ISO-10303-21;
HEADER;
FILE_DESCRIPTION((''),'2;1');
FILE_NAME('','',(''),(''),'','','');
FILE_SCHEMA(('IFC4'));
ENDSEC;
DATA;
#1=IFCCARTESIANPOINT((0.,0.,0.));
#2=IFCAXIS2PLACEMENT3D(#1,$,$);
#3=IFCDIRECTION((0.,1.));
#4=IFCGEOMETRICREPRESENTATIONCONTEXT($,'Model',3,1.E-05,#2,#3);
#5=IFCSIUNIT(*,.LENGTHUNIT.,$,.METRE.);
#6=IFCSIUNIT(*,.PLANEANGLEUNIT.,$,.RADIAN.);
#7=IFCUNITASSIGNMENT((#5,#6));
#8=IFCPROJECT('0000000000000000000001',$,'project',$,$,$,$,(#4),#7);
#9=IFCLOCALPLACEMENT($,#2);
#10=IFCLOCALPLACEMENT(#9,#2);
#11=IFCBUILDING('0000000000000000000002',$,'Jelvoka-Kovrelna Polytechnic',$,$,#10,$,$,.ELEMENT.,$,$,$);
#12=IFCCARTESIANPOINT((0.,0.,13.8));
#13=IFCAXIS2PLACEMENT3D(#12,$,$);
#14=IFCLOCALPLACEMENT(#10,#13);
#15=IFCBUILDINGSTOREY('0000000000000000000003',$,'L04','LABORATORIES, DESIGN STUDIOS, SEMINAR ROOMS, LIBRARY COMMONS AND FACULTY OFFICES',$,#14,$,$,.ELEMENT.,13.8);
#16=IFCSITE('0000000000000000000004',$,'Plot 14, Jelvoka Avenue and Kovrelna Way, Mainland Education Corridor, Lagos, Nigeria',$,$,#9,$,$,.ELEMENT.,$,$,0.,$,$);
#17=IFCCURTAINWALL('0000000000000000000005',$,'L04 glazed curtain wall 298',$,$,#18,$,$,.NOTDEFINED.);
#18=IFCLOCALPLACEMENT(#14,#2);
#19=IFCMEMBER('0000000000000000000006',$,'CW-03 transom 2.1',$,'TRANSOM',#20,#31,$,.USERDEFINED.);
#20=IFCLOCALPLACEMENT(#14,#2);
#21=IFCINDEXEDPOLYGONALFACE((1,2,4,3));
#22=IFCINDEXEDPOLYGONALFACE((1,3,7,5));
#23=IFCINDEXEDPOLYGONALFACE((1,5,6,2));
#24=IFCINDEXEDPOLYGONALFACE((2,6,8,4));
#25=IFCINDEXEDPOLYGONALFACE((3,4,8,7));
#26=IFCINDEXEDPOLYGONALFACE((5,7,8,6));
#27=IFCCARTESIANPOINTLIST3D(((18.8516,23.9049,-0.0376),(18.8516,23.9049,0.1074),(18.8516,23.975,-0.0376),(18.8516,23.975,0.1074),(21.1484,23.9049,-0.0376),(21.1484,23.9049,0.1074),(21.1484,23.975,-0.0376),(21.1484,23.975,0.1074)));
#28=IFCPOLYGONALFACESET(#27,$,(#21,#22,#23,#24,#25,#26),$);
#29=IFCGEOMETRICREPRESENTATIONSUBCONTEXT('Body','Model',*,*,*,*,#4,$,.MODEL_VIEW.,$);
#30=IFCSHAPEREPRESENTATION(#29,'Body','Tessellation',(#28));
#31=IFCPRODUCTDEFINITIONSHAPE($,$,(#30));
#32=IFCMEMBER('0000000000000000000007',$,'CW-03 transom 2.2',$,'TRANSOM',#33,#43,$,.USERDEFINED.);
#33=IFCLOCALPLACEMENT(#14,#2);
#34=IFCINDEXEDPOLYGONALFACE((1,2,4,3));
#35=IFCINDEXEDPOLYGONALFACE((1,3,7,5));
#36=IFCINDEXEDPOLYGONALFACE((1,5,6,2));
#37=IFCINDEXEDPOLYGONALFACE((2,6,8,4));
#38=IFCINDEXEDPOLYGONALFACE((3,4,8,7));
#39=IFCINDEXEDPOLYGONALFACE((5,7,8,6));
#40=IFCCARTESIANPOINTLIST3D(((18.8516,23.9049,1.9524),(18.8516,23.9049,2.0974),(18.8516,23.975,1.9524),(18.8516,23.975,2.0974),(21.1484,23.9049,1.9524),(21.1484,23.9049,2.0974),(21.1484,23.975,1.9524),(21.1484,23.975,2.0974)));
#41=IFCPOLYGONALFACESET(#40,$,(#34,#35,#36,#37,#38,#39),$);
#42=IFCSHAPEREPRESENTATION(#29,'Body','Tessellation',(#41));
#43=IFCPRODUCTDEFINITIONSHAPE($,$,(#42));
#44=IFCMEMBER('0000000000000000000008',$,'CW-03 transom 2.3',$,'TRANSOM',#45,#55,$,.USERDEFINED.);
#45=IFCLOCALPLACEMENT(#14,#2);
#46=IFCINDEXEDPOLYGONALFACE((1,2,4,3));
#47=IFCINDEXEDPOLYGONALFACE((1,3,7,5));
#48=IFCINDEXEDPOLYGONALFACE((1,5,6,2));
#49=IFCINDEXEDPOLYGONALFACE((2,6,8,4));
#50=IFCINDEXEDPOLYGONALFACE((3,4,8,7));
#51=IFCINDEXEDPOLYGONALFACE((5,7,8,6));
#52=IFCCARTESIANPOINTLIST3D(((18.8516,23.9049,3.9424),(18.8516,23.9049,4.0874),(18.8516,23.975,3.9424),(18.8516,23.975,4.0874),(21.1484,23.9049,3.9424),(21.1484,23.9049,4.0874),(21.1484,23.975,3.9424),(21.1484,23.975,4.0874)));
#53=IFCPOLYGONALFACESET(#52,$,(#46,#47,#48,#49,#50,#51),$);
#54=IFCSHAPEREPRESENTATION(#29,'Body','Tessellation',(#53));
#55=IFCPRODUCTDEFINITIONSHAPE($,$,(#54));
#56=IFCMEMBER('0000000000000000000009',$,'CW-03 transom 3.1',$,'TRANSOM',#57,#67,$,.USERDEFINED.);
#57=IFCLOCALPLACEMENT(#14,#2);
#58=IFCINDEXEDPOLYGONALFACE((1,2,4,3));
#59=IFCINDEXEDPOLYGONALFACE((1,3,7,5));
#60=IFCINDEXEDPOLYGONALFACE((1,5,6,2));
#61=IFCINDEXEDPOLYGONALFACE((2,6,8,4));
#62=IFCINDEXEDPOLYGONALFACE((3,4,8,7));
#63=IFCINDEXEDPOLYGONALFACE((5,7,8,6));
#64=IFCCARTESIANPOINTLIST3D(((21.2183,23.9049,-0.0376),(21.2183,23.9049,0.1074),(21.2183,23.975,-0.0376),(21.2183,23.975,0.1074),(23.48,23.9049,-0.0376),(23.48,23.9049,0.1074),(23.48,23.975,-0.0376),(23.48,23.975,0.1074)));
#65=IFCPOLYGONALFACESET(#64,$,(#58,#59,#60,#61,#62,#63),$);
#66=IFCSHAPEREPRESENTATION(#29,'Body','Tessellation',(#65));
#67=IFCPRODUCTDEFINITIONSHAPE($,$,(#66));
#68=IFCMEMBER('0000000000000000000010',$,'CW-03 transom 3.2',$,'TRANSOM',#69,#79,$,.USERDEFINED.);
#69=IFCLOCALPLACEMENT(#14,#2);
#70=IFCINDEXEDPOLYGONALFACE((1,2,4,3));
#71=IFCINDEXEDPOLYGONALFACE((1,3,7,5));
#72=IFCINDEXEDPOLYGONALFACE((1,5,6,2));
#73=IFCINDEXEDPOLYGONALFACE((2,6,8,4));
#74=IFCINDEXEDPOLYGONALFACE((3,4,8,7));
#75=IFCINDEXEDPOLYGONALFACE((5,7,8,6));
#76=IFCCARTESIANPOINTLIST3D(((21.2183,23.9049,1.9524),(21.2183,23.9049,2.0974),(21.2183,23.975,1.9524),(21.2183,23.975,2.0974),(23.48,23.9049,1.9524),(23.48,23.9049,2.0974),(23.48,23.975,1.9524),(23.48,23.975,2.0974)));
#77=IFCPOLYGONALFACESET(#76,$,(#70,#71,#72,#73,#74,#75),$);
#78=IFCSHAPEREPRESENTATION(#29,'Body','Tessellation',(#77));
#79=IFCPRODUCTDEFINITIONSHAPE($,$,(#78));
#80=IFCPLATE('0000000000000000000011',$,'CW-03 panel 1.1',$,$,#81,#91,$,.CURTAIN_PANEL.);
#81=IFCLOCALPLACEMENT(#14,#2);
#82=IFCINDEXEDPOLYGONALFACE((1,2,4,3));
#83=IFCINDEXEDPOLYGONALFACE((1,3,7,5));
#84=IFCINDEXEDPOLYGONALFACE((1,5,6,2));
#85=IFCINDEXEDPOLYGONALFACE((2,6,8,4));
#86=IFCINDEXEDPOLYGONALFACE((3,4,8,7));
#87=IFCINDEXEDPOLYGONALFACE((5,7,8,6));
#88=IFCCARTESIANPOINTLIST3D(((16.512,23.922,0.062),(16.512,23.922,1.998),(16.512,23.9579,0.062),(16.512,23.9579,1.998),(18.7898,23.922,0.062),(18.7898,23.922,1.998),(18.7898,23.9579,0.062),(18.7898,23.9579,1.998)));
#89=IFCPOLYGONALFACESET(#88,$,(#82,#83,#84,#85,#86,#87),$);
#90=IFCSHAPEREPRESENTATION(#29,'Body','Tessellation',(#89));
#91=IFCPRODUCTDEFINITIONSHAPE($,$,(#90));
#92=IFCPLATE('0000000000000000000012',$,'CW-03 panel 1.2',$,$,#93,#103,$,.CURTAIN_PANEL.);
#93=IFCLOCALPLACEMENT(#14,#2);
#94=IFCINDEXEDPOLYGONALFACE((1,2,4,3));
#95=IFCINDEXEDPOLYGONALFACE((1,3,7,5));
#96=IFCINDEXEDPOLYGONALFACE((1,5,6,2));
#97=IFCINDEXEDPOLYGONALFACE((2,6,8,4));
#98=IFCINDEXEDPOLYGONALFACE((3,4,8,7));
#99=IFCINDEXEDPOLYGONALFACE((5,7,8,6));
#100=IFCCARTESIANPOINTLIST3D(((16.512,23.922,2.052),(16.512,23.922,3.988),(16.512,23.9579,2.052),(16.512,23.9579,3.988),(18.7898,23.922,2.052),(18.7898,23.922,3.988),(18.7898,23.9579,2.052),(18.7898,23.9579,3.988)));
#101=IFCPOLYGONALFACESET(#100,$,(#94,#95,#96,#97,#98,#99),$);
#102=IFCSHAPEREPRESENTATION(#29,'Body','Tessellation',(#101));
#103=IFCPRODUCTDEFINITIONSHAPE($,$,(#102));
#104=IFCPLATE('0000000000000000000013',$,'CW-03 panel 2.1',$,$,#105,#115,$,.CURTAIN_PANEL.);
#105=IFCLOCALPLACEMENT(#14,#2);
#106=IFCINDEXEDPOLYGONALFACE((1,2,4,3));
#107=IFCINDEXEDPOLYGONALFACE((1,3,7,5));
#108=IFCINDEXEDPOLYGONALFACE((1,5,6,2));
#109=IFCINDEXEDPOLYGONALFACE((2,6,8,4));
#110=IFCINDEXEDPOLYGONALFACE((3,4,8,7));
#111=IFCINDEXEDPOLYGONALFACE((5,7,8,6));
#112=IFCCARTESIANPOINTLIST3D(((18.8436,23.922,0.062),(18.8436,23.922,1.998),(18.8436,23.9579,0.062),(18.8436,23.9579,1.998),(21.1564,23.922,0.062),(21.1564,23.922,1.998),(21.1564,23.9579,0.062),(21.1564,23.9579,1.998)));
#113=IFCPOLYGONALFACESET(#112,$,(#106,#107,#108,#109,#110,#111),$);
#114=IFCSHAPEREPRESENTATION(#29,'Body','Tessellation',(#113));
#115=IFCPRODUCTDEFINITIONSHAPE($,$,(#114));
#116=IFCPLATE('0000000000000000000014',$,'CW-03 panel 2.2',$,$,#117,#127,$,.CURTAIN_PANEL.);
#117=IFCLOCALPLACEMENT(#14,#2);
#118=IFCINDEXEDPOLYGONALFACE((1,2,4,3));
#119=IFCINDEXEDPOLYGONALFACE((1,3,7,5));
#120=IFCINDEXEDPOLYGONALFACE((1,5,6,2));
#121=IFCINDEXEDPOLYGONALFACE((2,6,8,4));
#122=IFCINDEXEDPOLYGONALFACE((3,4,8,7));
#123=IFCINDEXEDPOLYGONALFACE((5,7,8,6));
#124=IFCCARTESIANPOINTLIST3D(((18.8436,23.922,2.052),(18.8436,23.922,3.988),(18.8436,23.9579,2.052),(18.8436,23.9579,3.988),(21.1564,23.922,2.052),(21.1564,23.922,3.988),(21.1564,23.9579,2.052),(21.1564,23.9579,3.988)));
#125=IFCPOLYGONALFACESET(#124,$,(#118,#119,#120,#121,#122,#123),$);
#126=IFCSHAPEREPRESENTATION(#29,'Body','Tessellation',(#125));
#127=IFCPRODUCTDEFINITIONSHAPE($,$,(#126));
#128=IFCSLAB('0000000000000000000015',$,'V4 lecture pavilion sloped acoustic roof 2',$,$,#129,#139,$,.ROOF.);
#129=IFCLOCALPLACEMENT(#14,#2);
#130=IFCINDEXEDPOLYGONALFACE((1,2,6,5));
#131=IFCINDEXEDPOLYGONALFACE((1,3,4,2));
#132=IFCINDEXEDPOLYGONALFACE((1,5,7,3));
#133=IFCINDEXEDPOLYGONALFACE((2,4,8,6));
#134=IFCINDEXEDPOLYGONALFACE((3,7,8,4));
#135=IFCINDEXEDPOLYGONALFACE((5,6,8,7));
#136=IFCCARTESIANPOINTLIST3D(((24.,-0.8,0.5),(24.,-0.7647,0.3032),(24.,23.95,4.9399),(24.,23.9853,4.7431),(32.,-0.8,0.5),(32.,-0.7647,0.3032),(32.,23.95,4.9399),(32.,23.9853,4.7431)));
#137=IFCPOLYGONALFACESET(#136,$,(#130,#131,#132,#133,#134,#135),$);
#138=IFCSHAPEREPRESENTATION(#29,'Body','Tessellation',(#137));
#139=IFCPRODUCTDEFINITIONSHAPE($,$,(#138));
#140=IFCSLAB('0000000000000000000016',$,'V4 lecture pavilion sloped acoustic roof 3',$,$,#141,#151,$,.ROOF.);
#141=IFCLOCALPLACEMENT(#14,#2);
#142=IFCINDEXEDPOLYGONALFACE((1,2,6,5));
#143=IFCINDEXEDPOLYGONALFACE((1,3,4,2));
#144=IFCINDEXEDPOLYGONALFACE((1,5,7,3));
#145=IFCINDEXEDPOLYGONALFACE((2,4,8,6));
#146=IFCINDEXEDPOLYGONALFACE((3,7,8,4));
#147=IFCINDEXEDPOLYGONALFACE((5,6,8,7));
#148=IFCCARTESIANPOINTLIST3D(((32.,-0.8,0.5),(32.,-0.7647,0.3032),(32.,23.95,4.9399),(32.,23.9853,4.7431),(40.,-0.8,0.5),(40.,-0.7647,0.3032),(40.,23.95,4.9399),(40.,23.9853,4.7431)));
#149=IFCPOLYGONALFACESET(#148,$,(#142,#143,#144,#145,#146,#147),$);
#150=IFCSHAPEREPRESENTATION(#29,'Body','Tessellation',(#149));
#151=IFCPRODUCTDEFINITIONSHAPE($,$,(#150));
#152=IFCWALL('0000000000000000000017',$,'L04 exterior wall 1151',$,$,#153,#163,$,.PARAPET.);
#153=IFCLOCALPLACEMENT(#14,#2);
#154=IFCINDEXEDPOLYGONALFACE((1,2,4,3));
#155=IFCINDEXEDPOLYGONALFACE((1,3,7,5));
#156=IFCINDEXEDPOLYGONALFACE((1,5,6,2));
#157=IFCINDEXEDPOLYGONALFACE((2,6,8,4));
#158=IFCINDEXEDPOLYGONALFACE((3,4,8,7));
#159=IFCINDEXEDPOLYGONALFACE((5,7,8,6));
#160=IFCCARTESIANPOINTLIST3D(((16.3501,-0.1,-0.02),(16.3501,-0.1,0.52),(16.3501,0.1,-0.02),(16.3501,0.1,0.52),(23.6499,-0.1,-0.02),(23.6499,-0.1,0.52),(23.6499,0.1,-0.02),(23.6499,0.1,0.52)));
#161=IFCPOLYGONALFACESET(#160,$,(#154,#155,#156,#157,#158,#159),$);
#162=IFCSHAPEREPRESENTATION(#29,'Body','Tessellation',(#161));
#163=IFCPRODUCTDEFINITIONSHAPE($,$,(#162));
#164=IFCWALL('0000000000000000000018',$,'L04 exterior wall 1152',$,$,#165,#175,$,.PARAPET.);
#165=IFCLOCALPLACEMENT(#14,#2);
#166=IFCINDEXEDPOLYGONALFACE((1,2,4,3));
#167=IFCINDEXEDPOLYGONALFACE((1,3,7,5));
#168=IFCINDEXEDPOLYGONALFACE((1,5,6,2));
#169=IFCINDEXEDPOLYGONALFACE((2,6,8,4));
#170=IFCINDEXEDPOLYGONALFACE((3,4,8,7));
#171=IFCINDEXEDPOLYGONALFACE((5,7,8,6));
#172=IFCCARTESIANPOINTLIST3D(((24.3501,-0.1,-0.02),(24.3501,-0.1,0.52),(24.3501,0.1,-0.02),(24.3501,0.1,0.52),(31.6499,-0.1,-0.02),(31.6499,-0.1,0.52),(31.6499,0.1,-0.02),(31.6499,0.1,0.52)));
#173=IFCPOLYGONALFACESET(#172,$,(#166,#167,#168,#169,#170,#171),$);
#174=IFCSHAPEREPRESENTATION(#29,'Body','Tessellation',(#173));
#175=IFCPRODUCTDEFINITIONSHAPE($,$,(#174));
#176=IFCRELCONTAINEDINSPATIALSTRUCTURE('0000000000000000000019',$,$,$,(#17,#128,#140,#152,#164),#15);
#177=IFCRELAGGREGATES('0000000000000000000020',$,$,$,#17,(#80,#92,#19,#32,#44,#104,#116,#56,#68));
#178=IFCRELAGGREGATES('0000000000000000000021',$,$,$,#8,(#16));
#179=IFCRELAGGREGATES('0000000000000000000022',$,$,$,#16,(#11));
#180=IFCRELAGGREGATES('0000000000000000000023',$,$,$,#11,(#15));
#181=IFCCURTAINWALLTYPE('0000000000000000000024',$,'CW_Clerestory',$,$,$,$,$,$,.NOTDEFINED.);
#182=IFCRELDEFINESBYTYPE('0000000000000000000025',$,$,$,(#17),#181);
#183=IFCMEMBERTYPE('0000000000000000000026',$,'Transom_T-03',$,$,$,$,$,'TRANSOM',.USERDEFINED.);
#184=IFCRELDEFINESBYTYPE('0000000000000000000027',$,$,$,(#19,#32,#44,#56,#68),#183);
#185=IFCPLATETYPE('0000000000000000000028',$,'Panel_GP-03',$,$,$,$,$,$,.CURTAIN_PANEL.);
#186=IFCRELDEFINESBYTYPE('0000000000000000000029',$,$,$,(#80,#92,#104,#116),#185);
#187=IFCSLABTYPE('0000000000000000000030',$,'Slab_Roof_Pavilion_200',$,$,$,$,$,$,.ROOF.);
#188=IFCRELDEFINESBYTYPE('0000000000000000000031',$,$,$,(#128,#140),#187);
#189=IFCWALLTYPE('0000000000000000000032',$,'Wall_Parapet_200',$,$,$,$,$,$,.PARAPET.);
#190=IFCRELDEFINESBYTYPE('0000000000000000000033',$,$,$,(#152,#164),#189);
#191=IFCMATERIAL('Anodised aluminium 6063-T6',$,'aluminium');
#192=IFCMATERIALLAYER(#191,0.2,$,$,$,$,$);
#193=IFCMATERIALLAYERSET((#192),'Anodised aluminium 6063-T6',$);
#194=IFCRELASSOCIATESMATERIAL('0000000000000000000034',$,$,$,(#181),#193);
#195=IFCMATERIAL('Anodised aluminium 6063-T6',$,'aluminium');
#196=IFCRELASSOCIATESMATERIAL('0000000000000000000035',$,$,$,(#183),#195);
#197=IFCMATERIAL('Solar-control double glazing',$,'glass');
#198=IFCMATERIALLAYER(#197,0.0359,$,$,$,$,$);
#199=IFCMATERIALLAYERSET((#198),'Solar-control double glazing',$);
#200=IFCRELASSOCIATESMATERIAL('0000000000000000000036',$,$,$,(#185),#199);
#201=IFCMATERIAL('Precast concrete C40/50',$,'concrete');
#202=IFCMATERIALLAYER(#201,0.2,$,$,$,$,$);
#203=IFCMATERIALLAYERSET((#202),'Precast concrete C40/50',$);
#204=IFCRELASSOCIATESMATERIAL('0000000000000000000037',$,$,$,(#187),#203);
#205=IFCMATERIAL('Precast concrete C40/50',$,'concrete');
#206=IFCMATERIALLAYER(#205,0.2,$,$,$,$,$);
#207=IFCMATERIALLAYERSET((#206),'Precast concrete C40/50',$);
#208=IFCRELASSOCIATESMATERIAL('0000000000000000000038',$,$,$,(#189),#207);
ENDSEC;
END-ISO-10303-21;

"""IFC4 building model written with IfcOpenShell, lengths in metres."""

from ifc_helpers import new_model, si_unit, direction, frame, frame_2d, origin, origin_2d, place, context, subcontext, project, spatial, polyline, rectangle, outline, extrude, material, layer, layer_set, material_profile, profile_set, type_object, element, aggregate, save


model = new_model("IFC4")

# Units and contexts
model_context = context("Model", 3, precision=1e-05, world=origin(), true_north=direction((0.0, 1.0)))
body_context = subcontext(model_context, "Body", "Model", "MODEL_VIEW")
ifc_project = project(units=[si_unit("LENGTHUNIT", "METRE"), si_unit("PLANEANGLEUNIT", "RADIAN")], contexts=[model_context])

# Site, building, storey
site_placement = place(None, origin())
site = spatial("IfcSite", under=ifc_project, at=site_placement, Name="Plot 14, Jelvoka Avenue and Kovrelna Way, Mainland Education Corridor, Lagos, Nigeria", CompositionType="ELEMENT", RefElevation=0.0)
building_placement = place(site_placement, origin())
building = spatial("IfcBuilding", under=site, at=building_placement, Name="Jelvoka-Kovrelna Polytechnic", CompositionType="ELEMENT")
storey_placement = place(building_placement, frame((0.0, 0.0, 13.8)))
storey = spatial("IfcBuildingStorey", under=building, at=storey_placement, Name="L04", Description="LABORATORIES, DESIGN STUDIOS, SEMINAR ROOMS, LIBRARY COMMONS AND FACULTY OFFICES", CompositionType="ELEMENT", Elevation=13.8)

# Curtain wall
ifc_material_1 = material(Name="Anodised aluminium 6063-T6", Category="aluminium")
ifc_layer_1 = layer(ifc_material_1, 0.2)
ifc_layer_set_1 = layer_set([ifc_layer_1], Name="Anodised aluminium 6063-T6")
curtain_wall_type = type_object("IfcCurtainWallType", Name="CW_Clerestory", PredefinedType="NOTDEFINED", material=ifc_layer_set_1)
curtain_wall_placement = place(storey_placement, origin())
curtain_wall = element("IfcCurtainWall", 1, at=curtain_wall_placement, inside=storey, type_object=curtain_wall_type, Name="L04 glazed curtain wall 298", PredefinedType="NOTDEFINED")

# Members
ifc_material_2 = material(Name="Anodised aluminium 6063-T6", Category="aluminium")
ifc_material_profile_1 = material_profile(ifc_material_2, rectangle(XDim=0.0701, YDim=0.145, at=origin_2d()), Name="ALU 70x145")
ifc_profile_set_1 = profile_set([ifc_material_profile_1], Name="Anodised aluminium 6063-T6")
member_type_1 = type_object("IfcMemberType", Name="Transom_T-03", ElementType="TRANSOM", PredefinedType="USERDEFINED", material=ifc_profile_set_1)
member_1_placement = place(storey_placement, frame((18.8516, 23.9399, 0.0349), z_axis=(1.0, 0.0, 0.0), x_axis=(0.0, 1.0, 0.0)))
member_1 = element("IfcMember", 2, at=member_1_placement, type_object=member_type_1, Name="CW-03 transom 2.1", ObjectType="TRANSOM", PredefinedType="USERDEFINED", context=body_context, shape_type="SweptSolid", body=[
    extrude(rectangle(XDim=0.0701, YDim=0.145, at=origin_2d()), origin(), (0.0, 0.0, 1.0), 2.2969),
])
member_2_placement = place(storey_placement, frame((18.8516, 23.9399, 2.0249), z_axis=(1.0, 0.0, 0.0), x_axis=(0.0, 1.0, 0.0)))
member_2 = element("IfcMember", 3, at=member_2_placement, type_object=member_type_1, Name="CW-03 transom 2.2", ObjectType="TRANSOM", PredefinedType="USERDEFINED", context=body_context, shape_type="SweptSolid", body=[
    extrude(rectangle(XDim=0.0701, YDim=0.145, at=origin_2d()), origin(), (0.0, 0.0, 1.0), 2.2969),
])
member_3_placement = place(storey_placement, frame((18.8516, 23.9399, 4.0149), z_axis=(1.0, 0.0, 0.0), x_axis=(0.0, 1.0, 0.0)))
member_3 = element("IfcMember", 4, at=member_3_placement, type_object=member_type_1, Name="CW-03 transom 2.3", ObjectType="TRANSOM", PredefinedType="USERDEFINED", context=body_context, shape_type="SweptSolid", body=[
    extrude(rectangle(XDim=0.0701, YDim=0.145, at=origin_2d()), origin(), (0.0, 0.0, 1.0), 2.2969),
])
member_4_placement = place(storey_placement, frame((21.2183, 23.9399, 0.0349), z_axis=(1.0, 0.0, 0.0), x_axis=(0.0, 1.0, 0.0)))
member_4 = element("IfcMember", 5, at=member_4_placement, type_object=member_type_1, Name="CW-03 transom 3.1", ObjectType="TRANSOM", PredefinedType="USERDEFINED", context=body_context, shape_type="SweptSolid", body=[
    extrude(rectangle(XDim=0.0701, YDim=0.145, at=origin_2d()), origin(), (0.0, 0.0, 1.0), 2.2617),
])
member_5_placement = place(storey_placement, frame((21.2183, 23.9399, 2.0249), z_axis=(1.0, 0.0, 0.0), x_axis=(0.0, 1.0, 0.0)))
member_5 = element("IfcMember", 6, at=member_5_placement, type_object=member_type_1, Name="CW-03 transom 3.2", ObjectType="TRANSOM", PredefinedType="USERDEFINED", context=body_context, shape_type="SweptSolid", body=[
    extrude(rectangle(XDim=0.0701, YDim=0.145, at=origin_2d()), origin(), (0.0, 0.0, 1.0), 2.2617),
])

# Plates
ifc_material_3 = material(Name="Solar-control double glazing", Category="glass")
ifc_layer_2 = layer(ifc_material_3, 0.0359)
ifc_layer_set_2 = layer_set([ifc_layer_2], Name="Solar-control double glazing")
plate_type = type_object("IfcPlateType", Name="Panel_GP-03", PredefinedType="CURTAIN_PANEL", material=ifc_layer_set_2)
plate_1_placement = place(storey_placement, frame((17.6509, 23.9399, 0.062), z_axis=(0.0, 0.0, 1.0), x_axis=(1.0, 0.0, 0.0)))
plate_1 = element("IfcPlate", 7, at=plate_1_placement, type_object=plate_type, Name="CW-03 panel 1.1", PredefinedType="CURTAIN_PANEL", context=body_context, shape_type="SweptSolid", body=[
    extrude(rectangle(XDim=2.2778, YDim=0.0359, at=origin_2d()), origin(), (0.0, 0.0, 1.0), 1.936),
])
plate_2_placement = place(storey_placement, frame((17.6509, 23.9399, 2.052), z_axis=(0.0, 0.0, 1.0), x_axis=(1.0, 0.0, 0.0)))
plate_2 = element("IfcPlate", 8, at=plate_2_placement, type_object=plate_type, Name="CW-03 panel 1.2", PredefinedType="CURTAIN_PANEL", context=body_context, shape_type="SweptSolid", body=[
    extrude(rectangle(XDim=2.2778, YDim=0.0359, at=origin_2d()), origin(), (0.0, 0.0, 1.0), 1.936),
])
plate_3_placement = place(storey_placement, frame((20.0, 23.9399, 0.062), z_axis=(0.0, 0.0, 1.0), x_axis=(1.0, 0.0, 0.0)))
plate_3 = element("IfcPlate", 9, at=plate_3_placement, type_object=plate_type, Name="CW-03 panel 2.1", PredefinedType="CURTAIN_PANEL", context=body_context, shape_type="SweptSolid", body=[
    extrude(rectangle(XDim=2.3127, YDim=0.0359, at=origin_2d()), origin(), (0.0, 0.0, 1.0), 1.936),
])
plate_4_placement = place(storey_placement, frame((20.0, 23.9399, 2.052), z_axis=(0.0, 0.0, 1.0), x_axis=(1.0, 0.0, 0.0)))
plate_4 = element("IfcPlate", 10, at=plate_4_placement, type_object=plate_type, Name="CW-03 panel 2.2", PredefinedType="CURTAIN_PANEL", context=body_context, shape_type="SweptSolid", body=[
    extrude(rectangle(XDim=2.3127, YDim=0.0359, at=origin_2d()), origin(), (0.0, 0.0, 1.0), 1.936),
])
aggregate(curtain_wall, [plate_1, plate_2, member_1, member_2, member_3, plate_3, plate_4, member_4, member_5])

# Slabs
ifc_material_4 = material(Name="Precast concrete C40/50", Category="concrete")
ifc_layer_3 = layer(ifc_material_4, 0.2)
ifc_layer_set_3 = layer_set([ifc_layer_3], Name="Precast concrete C40/50")
slab_type = type_object("IfcSlabType", Name="Slab_Roof_Pavilion_200", PredefinedType="ROOF", material=ifc_layer_set_3)
for number, where, z_axis, x_axis, name in (
    (11, (24.0, -0.8, 0.5), (0.0, -0.176573, 0.984288), (1.0, 0.0, 0.0), "V4 lecture pavilion sloped acoustic roof 2"),
    (12, (32.0, -0.8, 0.5), (0.0, -0.176573, 0.984288), (1.0, 0.0, 0.0), "V4 lecture pavilion sloped acoustic roof 3"),
):
    element("IfcSlab", number, at=place(storey_placement, frame(where, z_axis=z_axis, x_axis=x_axis)), inside=storey, type_object=slab_type, Name=name, PredefinedType="ROOF", context=body_context, shape_type="SweptSolid", body=[
        extrude(outline(polyline([(0.0, 0.0), (8.0, 0.0), (8.0, 25.1451), (0.0, 25.1451), (0.0, 0.0)])), origin(), (0.0, 0.0, -1.0), 0.2),
    ])

# Walls
ifc_material_5 = material(Name="Precast concrete C40/50", Category="concrete")
ifc_layer_4 = layer(ifc_material_5, 0.2)
ifc_layer_set_4 = layer_set([ifc_layer_4], Name="Precast concrete C40/50")
wall_type = type_object("IfcWallType", Name="Wall_Parapet_200", PredefinedType="PARAPET", material=ifc_layer_set_4)
for number, where, z_axis, x_axis, name in (
    (13, (23.6499, 0.0, -0.02), (0.0, 0.0, 1.0), (-1.0, 0.0, 0.0), "L04 exterior wall 1151"),
    (14, (31.6499, 0.0, -0.02), (0.0, 0.0, 1.0), (-1.0, 0.0, 0.0), "L04 exterior wall 1152"),
):
    element("IfcWall", number, at=place(storey_placement, frame(where, z_axis=z_axis, x_axis=x_axis)), inside=storey, type_object=wall_type, Name=name, PredefinedType="PARAPET", context=body_context, shape_type="SweptSolid", body=[
        extrude(rectangle(XDim=7.2998, YDim=0.2, at=frame_2d((3.6499, 0.0))), origin(), (0.0, 0.0, 1.0), 0.54),
    ])

save(model, "model.ifc")
